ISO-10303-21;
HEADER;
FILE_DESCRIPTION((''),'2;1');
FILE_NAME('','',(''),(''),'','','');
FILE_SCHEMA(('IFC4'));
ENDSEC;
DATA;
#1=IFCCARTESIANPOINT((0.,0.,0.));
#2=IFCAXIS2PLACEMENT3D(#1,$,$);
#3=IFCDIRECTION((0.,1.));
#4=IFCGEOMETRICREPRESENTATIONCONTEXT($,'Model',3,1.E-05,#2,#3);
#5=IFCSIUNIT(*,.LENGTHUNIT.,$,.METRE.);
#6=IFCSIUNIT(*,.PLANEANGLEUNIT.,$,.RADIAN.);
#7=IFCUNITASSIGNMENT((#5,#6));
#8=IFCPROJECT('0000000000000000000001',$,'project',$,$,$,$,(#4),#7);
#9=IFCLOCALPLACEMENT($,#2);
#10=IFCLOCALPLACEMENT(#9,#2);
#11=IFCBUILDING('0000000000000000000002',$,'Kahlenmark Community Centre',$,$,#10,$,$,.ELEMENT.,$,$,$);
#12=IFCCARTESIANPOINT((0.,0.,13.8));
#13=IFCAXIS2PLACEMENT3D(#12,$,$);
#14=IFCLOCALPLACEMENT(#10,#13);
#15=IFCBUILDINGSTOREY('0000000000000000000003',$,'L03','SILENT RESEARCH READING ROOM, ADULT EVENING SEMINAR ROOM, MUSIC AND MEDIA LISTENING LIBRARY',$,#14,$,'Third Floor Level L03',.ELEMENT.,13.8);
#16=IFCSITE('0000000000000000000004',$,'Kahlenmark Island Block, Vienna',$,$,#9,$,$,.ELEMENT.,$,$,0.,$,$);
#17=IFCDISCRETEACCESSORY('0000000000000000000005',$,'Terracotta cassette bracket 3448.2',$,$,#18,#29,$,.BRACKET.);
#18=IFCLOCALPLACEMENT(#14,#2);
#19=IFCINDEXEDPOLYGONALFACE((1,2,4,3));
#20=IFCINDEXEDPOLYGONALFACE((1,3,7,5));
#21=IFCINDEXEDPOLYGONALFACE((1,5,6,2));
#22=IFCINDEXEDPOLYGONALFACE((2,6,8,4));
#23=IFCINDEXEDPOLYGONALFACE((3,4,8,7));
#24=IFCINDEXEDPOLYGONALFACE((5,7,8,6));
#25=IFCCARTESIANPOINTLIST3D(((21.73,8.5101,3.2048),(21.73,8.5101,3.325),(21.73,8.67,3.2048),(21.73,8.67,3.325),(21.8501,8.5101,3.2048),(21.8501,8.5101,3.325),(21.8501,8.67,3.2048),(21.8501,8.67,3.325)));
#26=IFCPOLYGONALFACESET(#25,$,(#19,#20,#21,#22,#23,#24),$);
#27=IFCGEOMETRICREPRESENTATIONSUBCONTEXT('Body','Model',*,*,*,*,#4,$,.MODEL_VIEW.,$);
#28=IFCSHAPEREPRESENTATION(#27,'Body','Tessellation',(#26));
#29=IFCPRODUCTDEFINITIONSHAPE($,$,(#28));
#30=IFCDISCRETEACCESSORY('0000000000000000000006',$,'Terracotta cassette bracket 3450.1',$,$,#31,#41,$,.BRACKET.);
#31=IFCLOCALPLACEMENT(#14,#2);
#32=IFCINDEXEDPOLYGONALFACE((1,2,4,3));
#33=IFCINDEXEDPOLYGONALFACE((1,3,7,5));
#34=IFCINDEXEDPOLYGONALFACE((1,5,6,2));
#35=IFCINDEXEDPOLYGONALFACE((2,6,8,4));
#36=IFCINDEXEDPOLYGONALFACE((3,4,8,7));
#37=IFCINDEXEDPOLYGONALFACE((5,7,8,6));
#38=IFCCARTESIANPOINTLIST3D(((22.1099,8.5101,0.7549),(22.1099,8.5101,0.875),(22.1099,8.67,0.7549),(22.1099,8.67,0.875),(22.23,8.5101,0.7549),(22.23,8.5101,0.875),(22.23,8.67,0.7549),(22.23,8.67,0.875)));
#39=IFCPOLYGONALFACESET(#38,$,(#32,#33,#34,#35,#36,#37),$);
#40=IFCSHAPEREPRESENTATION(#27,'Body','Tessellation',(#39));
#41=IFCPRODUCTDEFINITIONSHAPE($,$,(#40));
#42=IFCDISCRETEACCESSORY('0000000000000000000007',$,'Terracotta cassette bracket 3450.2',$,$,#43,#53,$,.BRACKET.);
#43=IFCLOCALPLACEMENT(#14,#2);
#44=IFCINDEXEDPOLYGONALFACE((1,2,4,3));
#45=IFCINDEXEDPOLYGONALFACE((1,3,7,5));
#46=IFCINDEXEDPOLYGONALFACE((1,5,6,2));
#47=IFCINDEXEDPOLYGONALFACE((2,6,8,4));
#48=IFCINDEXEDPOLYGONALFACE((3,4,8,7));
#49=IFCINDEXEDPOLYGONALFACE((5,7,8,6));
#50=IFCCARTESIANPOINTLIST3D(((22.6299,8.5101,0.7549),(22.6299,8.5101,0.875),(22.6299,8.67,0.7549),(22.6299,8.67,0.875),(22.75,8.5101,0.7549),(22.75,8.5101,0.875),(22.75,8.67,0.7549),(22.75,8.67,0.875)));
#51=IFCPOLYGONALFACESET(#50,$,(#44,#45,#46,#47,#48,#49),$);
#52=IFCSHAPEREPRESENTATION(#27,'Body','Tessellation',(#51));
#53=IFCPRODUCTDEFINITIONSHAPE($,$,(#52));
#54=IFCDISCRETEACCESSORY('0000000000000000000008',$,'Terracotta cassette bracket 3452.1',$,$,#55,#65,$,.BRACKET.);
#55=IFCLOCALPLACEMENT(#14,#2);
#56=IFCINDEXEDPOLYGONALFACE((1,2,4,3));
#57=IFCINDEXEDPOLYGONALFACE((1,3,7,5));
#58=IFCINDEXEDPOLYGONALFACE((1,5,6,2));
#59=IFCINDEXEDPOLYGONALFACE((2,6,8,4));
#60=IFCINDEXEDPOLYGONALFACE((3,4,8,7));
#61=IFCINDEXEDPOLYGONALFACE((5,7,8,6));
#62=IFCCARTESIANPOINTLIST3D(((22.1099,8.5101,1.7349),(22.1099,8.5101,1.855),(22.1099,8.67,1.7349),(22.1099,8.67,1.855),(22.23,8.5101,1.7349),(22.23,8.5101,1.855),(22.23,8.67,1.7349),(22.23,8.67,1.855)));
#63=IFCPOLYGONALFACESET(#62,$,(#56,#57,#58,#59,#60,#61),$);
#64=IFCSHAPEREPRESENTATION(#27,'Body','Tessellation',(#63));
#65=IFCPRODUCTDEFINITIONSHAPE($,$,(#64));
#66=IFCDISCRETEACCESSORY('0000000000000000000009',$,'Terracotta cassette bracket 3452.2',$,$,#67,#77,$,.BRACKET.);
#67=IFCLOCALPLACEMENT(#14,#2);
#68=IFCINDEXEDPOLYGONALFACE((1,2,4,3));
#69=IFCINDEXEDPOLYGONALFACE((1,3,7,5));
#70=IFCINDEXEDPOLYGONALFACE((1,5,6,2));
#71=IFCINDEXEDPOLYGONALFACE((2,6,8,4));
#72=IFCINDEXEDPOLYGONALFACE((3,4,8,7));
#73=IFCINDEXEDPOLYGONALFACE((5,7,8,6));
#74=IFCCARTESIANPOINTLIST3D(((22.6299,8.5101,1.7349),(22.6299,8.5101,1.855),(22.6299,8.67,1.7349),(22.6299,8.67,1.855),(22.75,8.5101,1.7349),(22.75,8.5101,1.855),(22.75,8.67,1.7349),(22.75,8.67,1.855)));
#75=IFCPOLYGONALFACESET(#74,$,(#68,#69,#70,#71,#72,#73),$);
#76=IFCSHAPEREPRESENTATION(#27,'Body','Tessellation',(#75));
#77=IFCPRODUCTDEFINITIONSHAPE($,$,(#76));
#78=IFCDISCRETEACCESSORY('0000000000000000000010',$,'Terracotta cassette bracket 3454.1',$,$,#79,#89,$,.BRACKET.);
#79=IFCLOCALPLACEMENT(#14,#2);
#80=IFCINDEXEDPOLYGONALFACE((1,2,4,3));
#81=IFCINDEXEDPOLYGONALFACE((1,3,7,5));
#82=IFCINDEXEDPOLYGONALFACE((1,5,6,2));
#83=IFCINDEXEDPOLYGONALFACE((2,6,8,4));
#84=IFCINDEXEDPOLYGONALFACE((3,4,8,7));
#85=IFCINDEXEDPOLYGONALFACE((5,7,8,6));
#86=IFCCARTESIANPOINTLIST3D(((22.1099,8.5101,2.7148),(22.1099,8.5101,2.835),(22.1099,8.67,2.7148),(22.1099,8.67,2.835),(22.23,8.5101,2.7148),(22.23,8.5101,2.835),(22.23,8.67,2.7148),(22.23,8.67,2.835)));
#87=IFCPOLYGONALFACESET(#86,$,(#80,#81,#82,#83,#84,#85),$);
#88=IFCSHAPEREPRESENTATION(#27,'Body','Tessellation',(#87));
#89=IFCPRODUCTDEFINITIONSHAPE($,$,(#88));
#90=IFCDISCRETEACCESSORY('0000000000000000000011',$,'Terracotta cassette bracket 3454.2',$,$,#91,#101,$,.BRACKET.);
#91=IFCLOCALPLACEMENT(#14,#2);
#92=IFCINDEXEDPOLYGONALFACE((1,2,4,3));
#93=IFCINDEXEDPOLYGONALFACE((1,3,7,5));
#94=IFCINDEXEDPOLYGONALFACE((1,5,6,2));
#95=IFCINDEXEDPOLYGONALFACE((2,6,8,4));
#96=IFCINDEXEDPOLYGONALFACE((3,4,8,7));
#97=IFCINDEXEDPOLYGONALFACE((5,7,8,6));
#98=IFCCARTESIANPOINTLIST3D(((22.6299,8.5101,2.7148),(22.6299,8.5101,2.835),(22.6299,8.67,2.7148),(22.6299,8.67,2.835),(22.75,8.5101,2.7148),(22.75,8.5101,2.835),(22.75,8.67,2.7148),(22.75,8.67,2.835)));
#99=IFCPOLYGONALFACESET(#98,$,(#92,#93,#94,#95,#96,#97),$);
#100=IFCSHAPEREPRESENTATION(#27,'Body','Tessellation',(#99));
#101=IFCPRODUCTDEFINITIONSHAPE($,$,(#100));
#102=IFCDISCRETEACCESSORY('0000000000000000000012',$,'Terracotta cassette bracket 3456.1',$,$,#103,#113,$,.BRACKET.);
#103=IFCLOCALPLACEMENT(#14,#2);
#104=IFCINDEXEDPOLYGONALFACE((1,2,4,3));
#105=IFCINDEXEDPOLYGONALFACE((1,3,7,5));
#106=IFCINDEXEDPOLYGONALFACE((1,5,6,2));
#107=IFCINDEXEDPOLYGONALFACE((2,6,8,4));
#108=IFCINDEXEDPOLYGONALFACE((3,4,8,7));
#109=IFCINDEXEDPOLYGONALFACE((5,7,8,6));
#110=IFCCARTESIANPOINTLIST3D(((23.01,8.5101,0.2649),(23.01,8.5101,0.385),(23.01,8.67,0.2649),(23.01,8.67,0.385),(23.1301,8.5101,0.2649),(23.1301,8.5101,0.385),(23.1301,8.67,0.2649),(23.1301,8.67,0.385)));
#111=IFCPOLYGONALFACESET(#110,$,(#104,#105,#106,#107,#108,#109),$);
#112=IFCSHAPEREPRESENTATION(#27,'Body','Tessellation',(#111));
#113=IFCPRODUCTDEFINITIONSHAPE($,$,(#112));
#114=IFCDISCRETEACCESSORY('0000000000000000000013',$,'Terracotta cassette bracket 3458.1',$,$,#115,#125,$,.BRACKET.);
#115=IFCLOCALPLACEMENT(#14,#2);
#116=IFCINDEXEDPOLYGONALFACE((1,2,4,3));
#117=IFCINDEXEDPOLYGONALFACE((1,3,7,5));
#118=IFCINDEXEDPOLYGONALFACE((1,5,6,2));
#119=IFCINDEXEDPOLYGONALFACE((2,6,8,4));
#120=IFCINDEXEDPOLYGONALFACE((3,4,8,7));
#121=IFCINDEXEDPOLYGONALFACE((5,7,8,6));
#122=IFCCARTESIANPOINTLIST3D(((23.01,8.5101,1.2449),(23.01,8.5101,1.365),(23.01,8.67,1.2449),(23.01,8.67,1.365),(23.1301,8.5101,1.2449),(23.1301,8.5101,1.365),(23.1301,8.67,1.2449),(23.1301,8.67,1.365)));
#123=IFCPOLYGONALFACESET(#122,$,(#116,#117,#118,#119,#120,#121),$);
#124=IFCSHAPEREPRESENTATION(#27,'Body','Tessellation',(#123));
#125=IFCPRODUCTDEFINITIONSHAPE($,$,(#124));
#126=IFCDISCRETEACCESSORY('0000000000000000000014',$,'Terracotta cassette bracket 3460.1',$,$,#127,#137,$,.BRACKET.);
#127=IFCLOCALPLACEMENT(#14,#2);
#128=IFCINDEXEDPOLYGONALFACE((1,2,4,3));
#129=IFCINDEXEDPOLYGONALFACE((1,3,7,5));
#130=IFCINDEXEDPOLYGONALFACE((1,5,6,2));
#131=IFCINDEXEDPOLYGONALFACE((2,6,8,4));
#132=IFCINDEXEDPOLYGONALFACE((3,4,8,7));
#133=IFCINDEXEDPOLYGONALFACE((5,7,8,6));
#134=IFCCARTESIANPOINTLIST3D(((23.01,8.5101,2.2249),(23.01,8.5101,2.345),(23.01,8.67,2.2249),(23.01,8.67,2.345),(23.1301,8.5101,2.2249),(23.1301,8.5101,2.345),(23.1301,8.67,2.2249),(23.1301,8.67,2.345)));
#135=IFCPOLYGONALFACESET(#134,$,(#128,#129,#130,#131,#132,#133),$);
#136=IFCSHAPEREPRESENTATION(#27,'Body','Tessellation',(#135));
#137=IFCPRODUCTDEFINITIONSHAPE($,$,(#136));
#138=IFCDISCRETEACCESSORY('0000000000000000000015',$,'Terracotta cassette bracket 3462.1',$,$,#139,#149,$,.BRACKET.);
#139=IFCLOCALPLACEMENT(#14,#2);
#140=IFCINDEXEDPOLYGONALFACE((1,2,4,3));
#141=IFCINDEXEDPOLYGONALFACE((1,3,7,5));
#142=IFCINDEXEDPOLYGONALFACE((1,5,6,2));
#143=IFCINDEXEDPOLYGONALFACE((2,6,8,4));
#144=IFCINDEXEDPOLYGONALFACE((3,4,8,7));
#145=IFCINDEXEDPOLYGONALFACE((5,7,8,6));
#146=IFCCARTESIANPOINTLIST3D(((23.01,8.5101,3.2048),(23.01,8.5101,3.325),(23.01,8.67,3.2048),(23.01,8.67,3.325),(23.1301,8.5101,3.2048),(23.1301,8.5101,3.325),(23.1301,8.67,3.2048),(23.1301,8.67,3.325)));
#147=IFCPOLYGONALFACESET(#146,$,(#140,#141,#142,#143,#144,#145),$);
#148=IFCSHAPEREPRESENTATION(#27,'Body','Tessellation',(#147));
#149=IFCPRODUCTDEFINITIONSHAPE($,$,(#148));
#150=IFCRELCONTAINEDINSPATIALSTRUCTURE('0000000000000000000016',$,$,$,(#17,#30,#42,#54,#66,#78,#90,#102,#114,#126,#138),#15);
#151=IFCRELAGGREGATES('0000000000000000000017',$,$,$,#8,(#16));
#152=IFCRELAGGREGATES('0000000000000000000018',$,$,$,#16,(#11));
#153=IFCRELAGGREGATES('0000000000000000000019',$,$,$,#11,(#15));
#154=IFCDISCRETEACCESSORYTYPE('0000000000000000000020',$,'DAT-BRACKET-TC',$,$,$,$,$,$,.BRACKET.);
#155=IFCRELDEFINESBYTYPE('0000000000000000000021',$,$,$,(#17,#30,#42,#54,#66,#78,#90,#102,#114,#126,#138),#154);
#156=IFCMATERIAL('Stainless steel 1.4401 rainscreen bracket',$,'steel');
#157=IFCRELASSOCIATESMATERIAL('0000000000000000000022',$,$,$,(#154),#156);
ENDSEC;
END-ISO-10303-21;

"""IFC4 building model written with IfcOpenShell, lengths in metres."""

from ifc_helpers import new_model, si_unit, direction, frame, origin, origin_2d, place, context, subcontext, project, spatial, rectangle, extrude, material, type_object, element, save


model = new_model("IFC4")

# Units and contexts
model_context = context("Model", 3, precision=1e-05, world=origin(), true_north=direction((0.0, 1.0)))
body_context = subcontext(model_context, "Body", "Model", "MODEL_VIEW")
ifc_project = project(units=[si_unit("LENGTHUNIT", "METRE"), si_unit("PLANEANGLEUNIT", "RADIAN")], contexts=[model_context])

# Site, building, storey
site_placement = place(None, origin())
site = spatial("IfcSite", under=ifc_project, at=site_placement, Name="Kahlenmark Island Block, Vienna", CompositionType="ELEMENT", RefElevation=0.0)
building_placement = place(site_placement, origin())
building = spatial("IfcBuilding", under=site, at=building_placement, Name="Kahlenmark Community Centre", CompositionType="ELEMENT")
storey_placement = place(building_placement, frame((0.0, 0.0, 13.8)))
storey = spatial("IfcBuildingStorey", under=building, at=storey_placement, Name="L03", Description="SILENT RESEARCH READING ROOM, ADULT EVENING SEMINAR ROOM, MUSIC AND MEDIA LISTENING LIBRARY", LongName="Third Floor Level L03", CompositionType="ELEMENT", Elevation=13.8)

# Discrete accessories
ifc_material_1 = material(Name="Stainless steel 1.4401 rainscreen bracket", Category="steel")
discrete_accessory_type = type_object("IfcDiscreteAccessoryType", Name="DAT-BRACKET-TC", PredefinedType="BRACKET", material=ifc_material_1)
for number, where, z_axis, x_axis, name in (
    (1, (21.79, 8.5901, 3.2048), (0.0, 0.0, 1.0), (1.0, 0.0, 0.0), "Terracotta cassette bracket 3448.2"),
    (2, (22.1699, 8.5901, 0.7549), (0.0, 0.0, 1.0), (1.0, 0.0, 0.0), "Terracotta cassette bracket 3450.1"),
    (3, (22.6899, 8.5901, 0.7549), (0.0, 0.0, 1.0), (1.0, 0.0, 0.0), "Terracotta cassette bracket 3450.2"),
    (4, (22.1699, 8.5901, 1.7349), (0.0, 0.0, 1.0), (1.0, 0.0, 0.0), "Terracotta cassette bracket 3452.1"),
    (5, (22.6899, 8.5901, 1.7349), (0.0, 0.0, 1.0), (1.0, 0.0, 0.0), "Terracotta cassette bracket 3452.2"),
    (6, (22.1699, 8.5901, 2.7148), (0.0, 0.0, 1.0), (1.0, 0.0, 0.0), "Terracotta cassette bracket 3454.1"),
    (7, (22.6899, 8.5901, 2.7148), (0.0, 0.0, 1.0), (1.0, 0.0, 0.0), "Terracotta cassette bracket 3454.2"),
    (8, (23.0701, 8.5901, 0.2649), (0.0, 0.0, 1.0), (1.0, 0.0, 0.0), "Terracotta cassette bracket 3456.1"),
    (9, (23.0701, 8.5901, 1.2449), (0.0, 0.0, 1.0), (1.0, 0.0, 0.0), "Terracotta cassette bracket 3458.1"),
    (10, (23.0701, 8.5901, 2.2249), (0.0, 0.0, 1.0), (1.0, 0.0, 0.0), "Terracotta cassette bracket 3460.1"),
    (11, (23.0701, 8.5901, 3.2048), (0.0, 0.0, 1.0), (1.0, 0.0, 0.0), "Terracotta cassette bracket 3462.1"),
):
    element("IfcDiscreteAccessory", number, at=place(storey_placement, frame(where, z_axis=z_axis, x_axis=x_axis)), inside=storey, type_object=discrete_accessory_type, Name=name, PredefinedType="BRACKET", context=body_context, shape_type="SweptSolid", body=[
        extrude(rectangle(XDim=0.1201, YDim=0.1599, at=origin_2d()), origin(), (0.0, 0.0, 1.0), 0.1201),
    ])

save(model, "model.ifc")
